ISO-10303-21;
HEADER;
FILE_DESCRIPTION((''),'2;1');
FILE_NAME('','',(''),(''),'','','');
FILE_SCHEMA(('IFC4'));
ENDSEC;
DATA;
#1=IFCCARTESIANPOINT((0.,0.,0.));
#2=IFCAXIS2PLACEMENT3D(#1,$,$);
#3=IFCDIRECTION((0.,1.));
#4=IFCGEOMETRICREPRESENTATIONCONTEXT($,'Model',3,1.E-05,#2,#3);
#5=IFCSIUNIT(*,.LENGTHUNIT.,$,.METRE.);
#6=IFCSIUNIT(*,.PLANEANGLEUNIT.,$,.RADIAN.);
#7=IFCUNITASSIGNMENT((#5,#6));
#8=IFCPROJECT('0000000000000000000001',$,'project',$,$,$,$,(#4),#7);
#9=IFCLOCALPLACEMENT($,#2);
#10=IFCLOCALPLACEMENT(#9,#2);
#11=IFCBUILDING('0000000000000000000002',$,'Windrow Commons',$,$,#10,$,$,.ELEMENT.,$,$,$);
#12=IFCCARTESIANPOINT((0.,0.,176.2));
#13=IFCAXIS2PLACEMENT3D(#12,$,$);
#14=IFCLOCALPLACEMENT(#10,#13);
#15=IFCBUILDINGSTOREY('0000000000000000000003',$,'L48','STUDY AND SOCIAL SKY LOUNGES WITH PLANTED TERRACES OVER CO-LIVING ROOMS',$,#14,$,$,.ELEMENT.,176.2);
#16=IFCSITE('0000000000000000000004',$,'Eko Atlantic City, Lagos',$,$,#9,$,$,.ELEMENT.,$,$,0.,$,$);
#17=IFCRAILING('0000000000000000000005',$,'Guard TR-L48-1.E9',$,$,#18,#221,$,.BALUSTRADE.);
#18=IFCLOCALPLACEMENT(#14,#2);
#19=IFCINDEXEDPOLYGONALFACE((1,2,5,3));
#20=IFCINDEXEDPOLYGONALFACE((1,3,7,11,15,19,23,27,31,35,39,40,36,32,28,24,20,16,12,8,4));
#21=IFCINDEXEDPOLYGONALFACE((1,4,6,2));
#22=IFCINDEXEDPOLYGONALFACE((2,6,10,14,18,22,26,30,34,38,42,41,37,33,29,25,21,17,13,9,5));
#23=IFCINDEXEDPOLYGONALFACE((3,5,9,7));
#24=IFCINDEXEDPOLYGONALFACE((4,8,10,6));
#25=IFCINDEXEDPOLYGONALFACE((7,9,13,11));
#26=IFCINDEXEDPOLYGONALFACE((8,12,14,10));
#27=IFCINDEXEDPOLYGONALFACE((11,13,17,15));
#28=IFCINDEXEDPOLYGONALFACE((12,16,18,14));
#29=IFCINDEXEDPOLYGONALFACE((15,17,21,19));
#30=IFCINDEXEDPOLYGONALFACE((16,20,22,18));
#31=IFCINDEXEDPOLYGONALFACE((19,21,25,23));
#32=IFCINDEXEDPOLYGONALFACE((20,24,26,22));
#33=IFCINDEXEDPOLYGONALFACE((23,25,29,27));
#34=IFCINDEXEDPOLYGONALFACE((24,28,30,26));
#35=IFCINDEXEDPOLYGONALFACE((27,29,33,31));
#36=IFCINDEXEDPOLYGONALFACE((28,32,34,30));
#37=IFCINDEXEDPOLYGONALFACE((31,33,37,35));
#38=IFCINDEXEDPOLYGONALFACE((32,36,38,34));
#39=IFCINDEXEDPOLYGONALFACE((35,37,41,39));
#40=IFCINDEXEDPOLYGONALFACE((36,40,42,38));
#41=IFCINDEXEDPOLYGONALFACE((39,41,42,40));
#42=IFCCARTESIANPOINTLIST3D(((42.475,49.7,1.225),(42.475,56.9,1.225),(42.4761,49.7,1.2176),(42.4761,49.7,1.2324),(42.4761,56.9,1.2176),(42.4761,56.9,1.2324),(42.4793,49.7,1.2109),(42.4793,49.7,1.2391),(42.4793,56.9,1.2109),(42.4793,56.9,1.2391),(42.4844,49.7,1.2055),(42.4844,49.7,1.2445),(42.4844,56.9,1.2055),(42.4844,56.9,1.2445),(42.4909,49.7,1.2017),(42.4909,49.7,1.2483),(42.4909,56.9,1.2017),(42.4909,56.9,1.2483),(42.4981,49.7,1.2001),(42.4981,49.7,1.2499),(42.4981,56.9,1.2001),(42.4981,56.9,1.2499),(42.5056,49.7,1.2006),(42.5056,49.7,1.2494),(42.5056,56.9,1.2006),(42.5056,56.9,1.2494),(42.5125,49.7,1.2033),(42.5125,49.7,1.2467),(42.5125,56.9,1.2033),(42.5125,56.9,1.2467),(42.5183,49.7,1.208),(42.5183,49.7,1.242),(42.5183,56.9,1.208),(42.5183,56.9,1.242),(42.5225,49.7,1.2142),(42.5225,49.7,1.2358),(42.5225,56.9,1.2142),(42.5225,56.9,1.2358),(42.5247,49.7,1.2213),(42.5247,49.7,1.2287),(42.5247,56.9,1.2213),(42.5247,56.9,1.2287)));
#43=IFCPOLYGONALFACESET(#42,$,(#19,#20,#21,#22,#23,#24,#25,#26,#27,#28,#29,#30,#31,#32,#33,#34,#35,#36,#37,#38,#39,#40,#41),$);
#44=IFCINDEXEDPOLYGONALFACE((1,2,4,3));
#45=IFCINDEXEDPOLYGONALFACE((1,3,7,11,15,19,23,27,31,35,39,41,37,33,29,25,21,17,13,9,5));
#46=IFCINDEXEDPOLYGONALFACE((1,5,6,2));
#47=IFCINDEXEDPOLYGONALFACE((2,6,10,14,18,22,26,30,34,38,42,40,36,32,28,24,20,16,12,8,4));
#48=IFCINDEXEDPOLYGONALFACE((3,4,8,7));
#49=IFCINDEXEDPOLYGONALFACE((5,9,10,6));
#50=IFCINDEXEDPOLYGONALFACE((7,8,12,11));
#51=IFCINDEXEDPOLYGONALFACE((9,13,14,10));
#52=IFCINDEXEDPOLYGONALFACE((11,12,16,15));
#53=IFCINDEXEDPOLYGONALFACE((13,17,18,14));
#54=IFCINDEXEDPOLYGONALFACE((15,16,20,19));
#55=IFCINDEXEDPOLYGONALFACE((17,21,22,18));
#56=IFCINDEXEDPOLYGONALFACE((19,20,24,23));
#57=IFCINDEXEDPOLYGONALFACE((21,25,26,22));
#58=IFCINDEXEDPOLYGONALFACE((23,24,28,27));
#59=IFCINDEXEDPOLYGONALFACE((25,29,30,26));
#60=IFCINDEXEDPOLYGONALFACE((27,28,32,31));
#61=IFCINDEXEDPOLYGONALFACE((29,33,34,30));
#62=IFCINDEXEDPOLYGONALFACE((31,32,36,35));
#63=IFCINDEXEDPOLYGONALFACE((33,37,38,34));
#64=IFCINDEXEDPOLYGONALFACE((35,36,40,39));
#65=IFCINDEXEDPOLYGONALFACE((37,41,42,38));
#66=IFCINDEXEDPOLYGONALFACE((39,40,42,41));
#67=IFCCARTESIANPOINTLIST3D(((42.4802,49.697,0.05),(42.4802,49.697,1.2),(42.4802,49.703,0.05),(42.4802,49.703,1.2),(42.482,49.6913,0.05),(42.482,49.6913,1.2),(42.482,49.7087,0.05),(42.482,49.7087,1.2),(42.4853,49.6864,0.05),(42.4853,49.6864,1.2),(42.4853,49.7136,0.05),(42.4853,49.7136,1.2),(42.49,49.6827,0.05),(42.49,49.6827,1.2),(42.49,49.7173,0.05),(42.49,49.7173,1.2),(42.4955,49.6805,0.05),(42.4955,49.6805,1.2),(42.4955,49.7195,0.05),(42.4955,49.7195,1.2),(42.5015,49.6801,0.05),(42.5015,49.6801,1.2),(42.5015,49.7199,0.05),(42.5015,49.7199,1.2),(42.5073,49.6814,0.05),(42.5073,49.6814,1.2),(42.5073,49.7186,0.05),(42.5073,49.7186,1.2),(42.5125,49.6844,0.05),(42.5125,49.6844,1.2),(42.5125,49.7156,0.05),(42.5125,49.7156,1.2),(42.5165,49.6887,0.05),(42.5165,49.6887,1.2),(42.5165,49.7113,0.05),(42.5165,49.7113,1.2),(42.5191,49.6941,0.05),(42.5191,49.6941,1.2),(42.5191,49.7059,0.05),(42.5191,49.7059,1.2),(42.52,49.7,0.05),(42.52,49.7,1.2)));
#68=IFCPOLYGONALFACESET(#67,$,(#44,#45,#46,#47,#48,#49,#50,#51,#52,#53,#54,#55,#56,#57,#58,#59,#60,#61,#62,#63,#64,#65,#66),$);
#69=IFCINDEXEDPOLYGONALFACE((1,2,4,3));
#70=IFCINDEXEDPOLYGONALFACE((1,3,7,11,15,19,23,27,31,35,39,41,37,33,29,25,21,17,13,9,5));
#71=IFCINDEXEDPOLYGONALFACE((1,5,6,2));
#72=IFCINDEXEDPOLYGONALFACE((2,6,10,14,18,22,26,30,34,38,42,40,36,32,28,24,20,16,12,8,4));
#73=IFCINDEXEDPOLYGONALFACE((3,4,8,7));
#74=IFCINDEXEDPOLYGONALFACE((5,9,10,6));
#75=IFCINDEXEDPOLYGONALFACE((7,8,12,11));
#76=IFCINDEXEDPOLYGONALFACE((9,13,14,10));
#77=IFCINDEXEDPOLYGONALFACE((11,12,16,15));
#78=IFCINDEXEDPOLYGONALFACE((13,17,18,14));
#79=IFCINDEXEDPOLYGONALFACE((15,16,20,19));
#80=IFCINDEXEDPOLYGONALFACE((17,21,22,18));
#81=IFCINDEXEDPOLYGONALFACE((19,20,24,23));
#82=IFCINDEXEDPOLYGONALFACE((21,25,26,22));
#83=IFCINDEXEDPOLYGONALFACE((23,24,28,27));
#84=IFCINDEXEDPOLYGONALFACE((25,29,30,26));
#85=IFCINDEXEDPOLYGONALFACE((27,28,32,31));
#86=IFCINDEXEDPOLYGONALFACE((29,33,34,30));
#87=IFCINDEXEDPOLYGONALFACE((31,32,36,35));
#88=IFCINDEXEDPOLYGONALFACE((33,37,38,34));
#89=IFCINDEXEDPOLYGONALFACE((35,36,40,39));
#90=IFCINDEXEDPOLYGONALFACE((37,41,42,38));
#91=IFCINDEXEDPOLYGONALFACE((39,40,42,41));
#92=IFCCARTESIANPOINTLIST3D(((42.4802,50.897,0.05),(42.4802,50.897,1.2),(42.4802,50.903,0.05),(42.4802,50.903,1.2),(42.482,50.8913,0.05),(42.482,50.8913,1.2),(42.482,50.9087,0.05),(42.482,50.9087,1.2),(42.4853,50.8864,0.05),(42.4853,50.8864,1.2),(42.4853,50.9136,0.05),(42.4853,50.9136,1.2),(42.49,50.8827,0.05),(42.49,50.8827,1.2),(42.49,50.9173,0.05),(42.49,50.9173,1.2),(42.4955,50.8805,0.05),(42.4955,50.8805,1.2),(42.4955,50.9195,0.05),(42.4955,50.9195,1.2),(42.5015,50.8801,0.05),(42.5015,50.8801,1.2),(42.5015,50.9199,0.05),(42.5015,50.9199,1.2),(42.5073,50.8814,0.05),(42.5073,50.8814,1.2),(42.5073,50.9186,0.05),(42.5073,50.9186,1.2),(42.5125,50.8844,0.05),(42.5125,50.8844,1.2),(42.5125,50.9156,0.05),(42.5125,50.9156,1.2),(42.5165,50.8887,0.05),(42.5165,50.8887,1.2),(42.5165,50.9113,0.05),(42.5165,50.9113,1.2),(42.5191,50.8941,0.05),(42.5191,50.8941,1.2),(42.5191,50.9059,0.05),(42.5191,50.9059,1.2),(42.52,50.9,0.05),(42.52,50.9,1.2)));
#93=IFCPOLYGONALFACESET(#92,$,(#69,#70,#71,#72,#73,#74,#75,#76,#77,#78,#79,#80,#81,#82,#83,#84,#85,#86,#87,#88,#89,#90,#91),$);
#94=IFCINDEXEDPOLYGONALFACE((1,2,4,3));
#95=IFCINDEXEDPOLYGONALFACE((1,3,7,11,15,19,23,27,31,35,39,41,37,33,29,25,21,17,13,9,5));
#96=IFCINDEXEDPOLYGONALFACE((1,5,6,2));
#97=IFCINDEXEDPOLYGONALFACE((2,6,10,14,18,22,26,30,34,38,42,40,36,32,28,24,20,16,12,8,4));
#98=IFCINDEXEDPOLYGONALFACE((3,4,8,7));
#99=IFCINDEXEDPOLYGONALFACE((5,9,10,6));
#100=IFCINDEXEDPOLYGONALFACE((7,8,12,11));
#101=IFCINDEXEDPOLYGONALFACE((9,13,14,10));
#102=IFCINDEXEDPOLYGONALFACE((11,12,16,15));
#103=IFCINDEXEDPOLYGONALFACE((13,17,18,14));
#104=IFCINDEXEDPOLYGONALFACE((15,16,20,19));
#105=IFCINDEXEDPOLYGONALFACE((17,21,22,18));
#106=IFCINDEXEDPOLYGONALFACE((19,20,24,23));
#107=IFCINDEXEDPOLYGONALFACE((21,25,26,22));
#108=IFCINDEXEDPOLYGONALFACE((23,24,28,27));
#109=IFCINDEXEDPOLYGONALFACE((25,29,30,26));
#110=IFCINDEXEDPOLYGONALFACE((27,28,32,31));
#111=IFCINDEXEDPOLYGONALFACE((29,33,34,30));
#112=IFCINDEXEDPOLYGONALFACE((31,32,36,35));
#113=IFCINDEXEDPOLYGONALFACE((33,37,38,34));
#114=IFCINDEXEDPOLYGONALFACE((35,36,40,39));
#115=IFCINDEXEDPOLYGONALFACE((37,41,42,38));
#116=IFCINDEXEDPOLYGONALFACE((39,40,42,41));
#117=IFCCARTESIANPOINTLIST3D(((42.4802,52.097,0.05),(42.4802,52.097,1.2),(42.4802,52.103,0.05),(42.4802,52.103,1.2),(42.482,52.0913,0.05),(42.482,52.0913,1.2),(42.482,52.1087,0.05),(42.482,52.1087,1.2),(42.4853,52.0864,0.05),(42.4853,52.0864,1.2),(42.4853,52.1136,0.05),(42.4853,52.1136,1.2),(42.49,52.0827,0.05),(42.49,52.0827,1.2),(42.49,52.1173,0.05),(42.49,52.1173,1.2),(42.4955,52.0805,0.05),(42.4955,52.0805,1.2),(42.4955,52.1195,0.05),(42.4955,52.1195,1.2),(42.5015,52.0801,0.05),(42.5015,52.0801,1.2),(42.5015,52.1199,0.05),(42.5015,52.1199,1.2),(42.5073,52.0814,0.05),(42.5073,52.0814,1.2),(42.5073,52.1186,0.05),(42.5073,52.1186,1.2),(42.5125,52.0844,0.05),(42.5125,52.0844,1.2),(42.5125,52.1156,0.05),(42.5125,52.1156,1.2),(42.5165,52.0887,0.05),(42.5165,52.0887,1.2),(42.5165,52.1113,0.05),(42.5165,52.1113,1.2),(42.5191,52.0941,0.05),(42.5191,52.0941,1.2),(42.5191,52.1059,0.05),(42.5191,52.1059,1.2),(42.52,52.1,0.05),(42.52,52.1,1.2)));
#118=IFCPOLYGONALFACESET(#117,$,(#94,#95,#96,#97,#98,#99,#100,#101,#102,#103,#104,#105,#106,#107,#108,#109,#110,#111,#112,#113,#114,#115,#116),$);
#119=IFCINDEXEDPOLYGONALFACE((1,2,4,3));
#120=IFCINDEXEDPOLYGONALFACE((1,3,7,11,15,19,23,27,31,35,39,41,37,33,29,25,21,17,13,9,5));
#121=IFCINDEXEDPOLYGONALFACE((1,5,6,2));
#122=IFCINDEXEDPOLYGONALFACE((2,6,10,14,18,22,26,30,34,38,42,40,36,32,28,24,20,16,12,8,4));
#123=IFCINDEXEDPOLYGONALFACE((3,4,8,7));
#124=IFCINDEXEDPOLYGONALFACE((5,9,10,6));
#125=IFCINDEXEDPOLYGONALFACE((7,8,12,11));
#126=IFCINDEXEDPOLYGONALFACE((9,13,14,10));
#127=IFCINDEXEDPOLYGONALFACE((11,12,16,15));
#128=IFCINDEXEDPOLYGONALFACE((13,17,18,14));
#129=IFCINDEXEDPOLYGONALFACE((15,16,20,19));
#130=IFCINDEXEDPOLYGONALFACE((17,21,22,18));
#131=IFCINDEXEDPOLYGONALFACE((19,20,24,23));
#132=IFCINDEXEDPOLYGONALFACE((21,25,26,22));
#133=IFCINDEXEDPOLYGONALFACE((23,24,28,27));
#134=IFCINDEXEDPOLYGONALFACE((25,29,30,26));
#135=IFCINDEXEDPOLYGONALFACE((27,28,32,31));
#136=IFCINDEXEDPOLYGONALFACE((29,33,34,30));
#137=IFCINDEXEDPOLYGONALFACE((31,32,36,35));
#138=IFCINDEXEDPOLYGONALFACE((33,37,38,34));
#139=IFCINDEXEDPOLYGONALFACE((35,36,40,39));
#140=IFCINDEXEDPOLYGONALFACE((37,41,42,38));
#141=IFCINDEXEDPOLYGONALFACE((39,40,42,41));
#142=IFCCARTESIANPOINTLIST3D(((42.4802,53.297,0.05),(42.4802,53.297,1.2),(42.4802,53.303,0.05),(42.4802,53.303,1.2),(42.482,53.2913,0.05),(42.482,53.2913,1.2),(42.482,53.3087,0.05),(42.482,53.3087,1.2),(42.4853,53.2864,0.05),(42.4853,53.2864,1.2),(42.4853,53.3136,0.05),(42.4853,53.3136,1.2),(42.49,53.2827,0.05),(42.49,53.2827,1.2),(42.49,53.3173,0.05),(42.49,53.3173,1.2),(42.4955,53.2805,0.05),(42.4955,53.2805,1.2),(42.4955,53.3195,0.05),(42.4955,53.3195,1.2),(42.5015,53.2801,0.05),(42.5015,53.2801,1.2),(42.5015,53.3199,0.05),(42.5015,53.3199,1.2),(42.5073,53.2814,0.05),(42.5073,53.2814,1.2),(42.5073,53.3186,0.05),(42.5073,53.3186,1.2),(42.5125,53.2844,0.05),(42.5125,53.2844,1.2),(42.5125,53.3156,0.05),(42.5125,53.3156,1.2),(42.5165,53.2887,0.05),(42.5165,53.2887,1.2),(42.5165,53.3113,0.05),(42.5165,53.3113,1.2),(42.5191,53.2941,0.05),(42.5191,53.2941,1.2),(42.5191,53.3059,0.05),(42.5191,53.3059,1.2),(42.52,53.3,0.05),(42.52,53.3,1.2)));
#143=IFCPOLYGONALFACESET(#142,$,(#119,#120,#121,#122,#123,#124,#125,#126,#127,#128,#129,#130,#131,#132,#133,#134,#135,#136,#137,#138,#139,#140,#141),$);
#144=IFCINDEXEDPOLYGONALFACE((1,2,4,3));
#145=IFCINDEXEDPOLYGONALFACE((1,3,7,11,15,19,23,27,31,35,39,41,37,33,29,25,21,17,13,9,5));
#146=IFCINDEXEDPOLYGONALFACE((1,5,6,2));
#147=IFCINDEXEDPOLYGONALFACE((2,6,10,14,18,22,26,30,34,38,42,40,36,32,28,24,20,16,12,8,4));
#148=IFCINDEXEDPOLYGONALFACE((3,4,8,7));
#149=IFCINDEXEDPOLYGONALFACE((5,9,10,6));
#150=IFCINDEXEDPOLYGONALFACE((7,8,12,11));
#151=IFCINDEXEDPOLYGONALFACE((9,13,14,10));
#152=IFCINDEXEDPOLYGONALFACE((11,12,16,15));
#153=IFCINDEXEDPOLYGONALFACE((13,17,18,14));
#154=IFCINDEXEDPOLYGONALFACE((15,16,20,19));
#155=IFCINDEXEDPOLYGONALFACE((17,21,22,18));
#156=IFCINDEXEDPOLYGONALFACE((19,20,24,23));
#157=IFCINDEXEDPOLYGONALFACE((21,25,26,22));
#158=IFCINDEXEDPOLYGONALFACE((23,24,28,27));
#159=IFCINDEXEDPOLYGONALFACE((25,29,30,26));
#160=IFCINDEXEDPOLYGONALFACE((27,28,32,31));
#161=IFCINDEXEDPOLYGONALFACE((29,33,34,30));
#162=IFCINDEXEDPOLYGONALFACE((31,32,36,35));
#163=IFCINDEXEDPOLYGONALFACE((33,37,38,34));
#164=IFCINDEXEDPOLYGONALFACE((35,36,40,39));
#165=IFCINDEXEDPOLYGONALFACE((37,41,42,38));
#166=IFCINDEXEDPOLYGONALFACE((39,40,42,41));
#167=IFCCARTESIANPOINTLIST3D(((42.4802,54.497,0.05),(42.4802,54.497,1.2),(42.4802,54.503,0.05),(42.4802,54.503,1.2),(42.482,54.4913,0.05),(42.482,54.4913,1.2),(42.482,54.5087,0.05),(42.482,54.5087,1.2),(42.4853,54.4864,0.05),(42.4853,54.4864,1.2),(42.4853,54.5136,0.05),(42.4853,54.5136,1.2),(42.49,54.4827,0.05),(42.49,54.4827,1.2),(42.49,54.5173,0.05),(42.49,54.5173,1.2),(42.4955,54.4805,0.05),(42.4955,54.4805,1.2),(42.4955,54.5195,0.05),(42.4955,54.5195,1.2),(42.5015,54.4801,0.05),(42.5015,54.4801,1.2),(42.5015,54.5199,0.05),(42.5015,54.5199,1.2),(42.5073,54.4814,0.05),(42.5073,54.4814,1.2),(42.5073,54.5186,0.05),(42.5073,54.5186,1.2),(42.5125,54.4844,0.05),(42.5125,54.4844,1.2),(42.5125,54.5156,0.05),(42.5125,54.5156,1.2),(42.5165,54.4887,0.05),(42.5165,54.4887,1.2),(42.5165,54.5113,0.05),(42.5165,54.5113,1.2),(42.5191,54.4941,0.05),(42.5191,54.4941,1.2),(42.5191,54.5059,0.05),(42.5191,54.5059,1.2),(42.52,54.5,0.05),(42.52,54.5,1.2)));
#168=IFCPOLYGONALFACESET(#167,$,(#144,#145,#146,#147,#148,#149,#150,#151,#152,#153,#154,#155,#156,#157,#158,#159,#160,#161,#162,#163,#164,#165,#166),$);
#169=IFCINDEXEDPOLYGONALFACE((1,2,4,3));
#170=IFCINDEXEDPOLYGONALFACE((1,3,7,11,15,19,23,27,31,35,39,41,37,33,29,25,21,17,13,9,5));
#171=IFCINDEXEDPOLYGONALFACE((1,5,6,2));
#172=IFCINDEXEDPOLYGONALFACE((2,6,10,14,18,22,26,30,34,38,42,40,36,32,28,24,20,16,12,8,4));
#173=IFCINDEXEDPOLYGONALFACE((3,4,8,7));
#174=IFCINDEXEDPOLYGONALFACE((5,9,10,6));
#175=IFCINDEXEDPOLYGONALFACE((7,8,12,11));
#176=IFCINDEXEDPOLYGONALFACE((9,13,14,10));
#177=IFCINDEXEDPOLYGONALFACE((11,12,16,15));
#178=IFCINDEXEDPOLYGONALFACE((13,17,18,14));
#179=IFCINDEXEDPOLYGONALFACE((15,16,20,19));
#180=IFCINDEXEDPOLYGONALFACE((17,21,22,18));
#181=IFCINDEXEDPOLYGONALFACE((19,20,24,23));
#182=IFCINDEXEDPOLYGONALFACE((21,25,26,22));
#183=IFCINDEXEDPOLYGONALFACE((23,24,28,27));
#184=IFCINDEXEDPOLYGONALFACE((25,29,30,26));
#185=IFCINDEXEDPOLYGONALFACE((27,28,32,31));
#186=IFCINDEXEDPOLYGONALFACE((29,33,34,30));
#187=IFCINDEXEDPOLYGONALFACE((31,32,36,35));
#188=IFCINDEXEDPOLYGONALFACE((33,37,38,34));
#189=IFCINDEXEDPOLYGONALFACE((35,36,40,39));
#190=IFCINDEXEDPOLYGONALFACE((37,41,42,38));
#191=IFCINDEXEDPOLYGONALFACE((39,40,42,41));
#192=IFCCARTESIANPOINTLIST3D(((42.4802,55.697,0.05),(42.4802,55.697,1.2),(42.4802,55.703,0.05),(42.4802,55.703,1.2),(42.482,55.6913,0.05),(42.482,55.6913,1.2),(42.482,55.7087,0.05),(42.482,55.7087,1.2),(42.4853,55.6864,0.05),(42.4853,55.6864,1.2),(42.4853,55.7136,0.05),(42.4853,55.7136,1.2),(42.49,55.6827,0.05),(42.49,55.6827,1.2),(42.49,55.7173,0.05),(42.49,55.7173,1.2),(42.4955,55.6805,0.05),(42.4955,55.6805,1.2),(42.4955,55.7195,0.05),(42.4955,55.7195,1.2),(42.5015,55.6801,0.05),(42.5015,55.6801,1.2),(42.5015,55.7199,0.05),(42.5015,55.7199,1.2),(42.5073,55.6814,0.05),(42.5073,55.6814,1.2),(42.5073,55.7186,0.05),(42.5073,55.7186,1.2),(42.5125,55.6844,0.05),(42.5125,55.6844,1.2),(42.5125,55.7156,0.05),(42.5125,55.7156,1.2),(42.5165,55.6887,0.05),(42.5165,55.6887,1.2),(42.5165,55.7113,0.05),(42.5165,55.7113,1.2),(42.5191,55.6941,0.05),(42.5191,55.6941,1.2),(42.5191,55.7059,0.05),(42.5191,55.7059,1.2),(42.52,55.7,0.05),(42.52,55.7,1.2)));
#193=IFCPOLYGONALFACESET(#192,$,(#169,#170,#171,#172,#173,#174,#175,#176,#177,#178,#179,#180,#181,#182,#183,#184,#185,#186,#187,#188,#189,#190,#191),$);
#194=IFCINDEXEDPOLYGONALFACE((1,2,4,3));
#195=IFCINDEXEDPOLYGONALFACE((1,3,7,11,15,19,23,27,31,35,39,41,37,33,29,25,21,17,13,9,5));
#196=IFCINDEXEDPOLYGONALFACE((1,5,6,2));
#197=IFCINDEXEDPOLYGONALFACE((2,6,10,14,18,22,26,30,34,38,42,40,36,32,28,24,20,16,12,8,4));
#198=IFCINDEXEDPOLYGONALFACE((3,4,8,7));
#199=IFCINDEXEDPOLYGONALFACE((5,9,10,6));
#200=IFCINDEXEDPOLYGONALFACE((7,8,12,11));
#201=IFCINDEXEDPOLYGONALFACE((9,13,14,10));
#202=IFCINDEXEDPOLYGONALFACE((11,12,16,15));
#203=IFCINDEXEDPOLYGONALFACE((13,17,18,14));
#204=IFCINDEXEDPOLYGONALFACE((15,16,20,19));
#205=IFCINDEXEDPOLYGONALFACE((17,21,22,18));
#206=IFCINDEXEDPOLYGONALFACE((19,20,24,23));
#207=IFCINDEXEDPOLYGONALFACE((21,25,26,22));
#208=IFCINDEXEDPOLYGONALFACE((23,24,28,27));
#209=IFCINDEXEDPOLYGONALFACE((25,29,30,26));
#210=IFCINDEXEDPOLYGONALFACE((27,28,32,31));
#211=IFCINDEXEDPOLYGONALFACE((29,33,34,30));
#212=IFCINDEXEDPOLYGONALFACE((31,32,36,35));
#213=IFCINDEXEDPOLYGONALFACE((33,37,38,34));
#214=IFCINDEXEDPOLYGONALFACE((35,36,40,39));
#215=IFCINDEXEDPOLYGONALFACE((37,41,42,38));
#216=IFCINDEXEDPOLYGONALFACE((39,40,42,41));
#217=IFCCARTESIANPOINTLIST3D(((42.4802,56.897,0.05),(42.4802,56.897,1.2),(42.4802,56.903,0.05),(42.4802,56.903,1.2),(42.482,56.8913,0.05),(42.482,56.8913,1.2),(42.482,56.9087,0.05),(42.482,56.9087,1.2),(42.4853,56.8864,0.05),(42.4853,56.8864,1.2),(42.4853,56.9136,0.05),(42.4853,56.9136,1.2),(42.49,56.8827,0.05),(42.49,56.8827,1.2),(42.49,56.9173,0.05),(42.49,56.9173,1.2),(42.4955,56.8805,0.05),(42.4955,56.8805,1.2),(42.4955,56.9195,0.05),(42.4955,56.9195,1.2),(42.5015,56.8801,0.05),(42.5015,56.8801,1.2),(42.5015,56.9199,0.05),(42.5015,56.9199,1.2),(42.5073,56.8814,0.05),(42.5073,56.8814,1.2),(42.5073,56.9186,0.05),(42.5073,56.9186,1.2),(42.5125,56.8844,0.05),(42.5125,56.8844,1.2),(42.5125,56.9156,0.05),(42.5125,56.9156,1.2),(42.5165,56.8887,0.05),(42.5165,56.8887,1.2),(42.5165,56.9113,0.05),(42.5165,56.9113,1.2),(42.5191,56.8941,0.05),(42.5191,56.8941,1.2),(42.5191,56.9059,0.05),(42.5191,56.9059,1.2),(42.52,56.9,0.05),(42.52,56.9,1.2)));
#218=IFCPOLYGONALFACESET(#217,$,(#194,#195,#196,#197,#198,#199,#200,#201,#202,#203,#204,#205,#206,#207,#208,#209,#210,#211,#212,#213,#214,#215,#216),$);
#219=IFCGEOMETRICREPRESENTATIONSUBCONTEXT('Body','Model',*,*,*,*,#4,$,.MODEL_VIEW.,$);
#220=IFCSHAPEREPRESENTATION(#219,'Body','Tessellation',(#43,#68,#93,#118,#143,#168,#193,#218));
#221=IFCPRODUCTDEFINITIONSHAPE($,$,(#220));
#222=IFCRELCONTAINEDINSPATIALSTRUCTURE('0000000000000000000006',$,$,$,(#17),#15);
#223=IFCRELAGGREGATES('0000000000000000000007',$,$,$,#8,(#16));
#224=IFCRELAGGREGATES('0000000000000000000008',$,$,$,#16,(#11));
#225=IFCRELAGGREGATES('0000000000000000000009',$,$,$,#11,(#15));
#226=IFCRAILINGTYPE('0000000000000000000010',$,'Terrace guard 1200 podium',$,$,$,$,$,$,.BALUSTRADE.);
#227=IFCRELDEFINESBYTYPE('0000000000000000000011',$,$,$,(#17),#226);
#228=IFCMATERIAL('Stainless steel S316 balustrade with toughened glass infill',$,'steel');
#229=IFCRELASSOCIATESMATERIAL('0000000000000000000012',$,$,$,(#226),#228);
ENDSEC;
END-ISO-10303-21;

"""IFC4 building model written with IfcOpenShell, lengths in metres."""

from ifc_helpers import new_model, si_unit, direction, frame, origin, origin_2d, place, context, subcontext, project, spatial, circle, extrude, material, type_object, element, save


model = new_model("IFC4")

# Units and contexts
model_context = context("Model", 3, precision=1e-05, world=origin(), true_north=direction((0.0, 1.0)))
body_context = subcontext(model_context, "Body", "Model", "MODEL_VIEW")
ifc_project = project(units=[si_unit("LENGTHUNIT", "METRE"), si_unit("PLANEANGLEUNIT", "RADIAN")], contexts=[model_context])

# Site, building, storey
site_placement = place(None, origin())
site = spatial("IfcSite", under=ifc_project, at=site_placement, Name="Eko Atlantic City, Lagos", CompositionType="ELEMENT", RefElevation=0.0)
building_placement = place(site_placement, origin())
building = spatial("IfcBuilding", under=site, at=building_placement, Name="Windrow Commons", CompositionType="ELEMENT")
storey_placement = place(building_placement, frame((0.0, 0.0, 176.2)))
storey = spatial("IfcBuildingStorey", under=building, at=storey_placement, Name="L48", Description="STUDY AND SOCIAL SKY LOUNGES WITH PLANTED TERRACES OVER CO-LIVING ROOMS", CompositionType="ELEMENT", Elevation=176.2)

# Railing
ifc_material_1 = material(Name="Stainless steel S316 balustrade with toughened glass infill", Category="steel")
railing_type = type_object("IfcRailingType", Name="Terrace guard 1200 podium", PredefinedType="BALUSTRADE", material=ifc_material_1)
railing_1_placement = place(storey_placement, frame((42.5, 49.7, 0.05)))
element("IfcRailing", 1, at=railing_1_placement, inside=storey, type_object=railing_type, Name="Guard TR-L48-1.E9", PredefinedType="BALUSTRADE", context=body_context, shape_type="SweptSolid", body=[
    extrude(circle(Radius=0.025, at=origin_2d()), frame((0.0, 0.0, 1.175), z_axis=(0.0, 1.0, 0.0), x_axis=(-1.0, 0.0, 0.0)), (0.0, 0.0, 1.0), 7.2),
    extrude(circle(Radius=0.02, at=origin_2d()), origin(), (0.0, 0.0, 1.0), 1.15),
    extrude(circle(Radius=0.02, at=origin_2d()), frame((0.0, 1.2, 0.0)), (0.0, 0.0, 1.0), 1.15),
    extrude(circle(Radius=0.02, at=origin_2d()), frame((0.0, 2.4, 0.0)), (0.0, 0.0, 1.0), 1.15),
    extrude(circle(Radius=0.02, at=origin_2d()), frame((0.0, 3.6, 0.0)), (0.0, 0.0, 1.0), 1.15),
    extrude(circle(Radius=0.02, at=origin_2d()), frame((0.0, 4.8, 0.0)), (0.0, 0.0, 1.0), 1.15),
    extrude(circle(Radius=0.02, at=origin_2d()), frame((0.0, 6.0, 0.0)), (0.0, 0.0, 1.0), 1.15),
    extrude(circle(Radius=0.02, at=origin_2d()), frame((0.0, 7.2, 0.0)), (0.0, 0.0, 1.0), 1.15),
])

save(model, "model.ifc")
